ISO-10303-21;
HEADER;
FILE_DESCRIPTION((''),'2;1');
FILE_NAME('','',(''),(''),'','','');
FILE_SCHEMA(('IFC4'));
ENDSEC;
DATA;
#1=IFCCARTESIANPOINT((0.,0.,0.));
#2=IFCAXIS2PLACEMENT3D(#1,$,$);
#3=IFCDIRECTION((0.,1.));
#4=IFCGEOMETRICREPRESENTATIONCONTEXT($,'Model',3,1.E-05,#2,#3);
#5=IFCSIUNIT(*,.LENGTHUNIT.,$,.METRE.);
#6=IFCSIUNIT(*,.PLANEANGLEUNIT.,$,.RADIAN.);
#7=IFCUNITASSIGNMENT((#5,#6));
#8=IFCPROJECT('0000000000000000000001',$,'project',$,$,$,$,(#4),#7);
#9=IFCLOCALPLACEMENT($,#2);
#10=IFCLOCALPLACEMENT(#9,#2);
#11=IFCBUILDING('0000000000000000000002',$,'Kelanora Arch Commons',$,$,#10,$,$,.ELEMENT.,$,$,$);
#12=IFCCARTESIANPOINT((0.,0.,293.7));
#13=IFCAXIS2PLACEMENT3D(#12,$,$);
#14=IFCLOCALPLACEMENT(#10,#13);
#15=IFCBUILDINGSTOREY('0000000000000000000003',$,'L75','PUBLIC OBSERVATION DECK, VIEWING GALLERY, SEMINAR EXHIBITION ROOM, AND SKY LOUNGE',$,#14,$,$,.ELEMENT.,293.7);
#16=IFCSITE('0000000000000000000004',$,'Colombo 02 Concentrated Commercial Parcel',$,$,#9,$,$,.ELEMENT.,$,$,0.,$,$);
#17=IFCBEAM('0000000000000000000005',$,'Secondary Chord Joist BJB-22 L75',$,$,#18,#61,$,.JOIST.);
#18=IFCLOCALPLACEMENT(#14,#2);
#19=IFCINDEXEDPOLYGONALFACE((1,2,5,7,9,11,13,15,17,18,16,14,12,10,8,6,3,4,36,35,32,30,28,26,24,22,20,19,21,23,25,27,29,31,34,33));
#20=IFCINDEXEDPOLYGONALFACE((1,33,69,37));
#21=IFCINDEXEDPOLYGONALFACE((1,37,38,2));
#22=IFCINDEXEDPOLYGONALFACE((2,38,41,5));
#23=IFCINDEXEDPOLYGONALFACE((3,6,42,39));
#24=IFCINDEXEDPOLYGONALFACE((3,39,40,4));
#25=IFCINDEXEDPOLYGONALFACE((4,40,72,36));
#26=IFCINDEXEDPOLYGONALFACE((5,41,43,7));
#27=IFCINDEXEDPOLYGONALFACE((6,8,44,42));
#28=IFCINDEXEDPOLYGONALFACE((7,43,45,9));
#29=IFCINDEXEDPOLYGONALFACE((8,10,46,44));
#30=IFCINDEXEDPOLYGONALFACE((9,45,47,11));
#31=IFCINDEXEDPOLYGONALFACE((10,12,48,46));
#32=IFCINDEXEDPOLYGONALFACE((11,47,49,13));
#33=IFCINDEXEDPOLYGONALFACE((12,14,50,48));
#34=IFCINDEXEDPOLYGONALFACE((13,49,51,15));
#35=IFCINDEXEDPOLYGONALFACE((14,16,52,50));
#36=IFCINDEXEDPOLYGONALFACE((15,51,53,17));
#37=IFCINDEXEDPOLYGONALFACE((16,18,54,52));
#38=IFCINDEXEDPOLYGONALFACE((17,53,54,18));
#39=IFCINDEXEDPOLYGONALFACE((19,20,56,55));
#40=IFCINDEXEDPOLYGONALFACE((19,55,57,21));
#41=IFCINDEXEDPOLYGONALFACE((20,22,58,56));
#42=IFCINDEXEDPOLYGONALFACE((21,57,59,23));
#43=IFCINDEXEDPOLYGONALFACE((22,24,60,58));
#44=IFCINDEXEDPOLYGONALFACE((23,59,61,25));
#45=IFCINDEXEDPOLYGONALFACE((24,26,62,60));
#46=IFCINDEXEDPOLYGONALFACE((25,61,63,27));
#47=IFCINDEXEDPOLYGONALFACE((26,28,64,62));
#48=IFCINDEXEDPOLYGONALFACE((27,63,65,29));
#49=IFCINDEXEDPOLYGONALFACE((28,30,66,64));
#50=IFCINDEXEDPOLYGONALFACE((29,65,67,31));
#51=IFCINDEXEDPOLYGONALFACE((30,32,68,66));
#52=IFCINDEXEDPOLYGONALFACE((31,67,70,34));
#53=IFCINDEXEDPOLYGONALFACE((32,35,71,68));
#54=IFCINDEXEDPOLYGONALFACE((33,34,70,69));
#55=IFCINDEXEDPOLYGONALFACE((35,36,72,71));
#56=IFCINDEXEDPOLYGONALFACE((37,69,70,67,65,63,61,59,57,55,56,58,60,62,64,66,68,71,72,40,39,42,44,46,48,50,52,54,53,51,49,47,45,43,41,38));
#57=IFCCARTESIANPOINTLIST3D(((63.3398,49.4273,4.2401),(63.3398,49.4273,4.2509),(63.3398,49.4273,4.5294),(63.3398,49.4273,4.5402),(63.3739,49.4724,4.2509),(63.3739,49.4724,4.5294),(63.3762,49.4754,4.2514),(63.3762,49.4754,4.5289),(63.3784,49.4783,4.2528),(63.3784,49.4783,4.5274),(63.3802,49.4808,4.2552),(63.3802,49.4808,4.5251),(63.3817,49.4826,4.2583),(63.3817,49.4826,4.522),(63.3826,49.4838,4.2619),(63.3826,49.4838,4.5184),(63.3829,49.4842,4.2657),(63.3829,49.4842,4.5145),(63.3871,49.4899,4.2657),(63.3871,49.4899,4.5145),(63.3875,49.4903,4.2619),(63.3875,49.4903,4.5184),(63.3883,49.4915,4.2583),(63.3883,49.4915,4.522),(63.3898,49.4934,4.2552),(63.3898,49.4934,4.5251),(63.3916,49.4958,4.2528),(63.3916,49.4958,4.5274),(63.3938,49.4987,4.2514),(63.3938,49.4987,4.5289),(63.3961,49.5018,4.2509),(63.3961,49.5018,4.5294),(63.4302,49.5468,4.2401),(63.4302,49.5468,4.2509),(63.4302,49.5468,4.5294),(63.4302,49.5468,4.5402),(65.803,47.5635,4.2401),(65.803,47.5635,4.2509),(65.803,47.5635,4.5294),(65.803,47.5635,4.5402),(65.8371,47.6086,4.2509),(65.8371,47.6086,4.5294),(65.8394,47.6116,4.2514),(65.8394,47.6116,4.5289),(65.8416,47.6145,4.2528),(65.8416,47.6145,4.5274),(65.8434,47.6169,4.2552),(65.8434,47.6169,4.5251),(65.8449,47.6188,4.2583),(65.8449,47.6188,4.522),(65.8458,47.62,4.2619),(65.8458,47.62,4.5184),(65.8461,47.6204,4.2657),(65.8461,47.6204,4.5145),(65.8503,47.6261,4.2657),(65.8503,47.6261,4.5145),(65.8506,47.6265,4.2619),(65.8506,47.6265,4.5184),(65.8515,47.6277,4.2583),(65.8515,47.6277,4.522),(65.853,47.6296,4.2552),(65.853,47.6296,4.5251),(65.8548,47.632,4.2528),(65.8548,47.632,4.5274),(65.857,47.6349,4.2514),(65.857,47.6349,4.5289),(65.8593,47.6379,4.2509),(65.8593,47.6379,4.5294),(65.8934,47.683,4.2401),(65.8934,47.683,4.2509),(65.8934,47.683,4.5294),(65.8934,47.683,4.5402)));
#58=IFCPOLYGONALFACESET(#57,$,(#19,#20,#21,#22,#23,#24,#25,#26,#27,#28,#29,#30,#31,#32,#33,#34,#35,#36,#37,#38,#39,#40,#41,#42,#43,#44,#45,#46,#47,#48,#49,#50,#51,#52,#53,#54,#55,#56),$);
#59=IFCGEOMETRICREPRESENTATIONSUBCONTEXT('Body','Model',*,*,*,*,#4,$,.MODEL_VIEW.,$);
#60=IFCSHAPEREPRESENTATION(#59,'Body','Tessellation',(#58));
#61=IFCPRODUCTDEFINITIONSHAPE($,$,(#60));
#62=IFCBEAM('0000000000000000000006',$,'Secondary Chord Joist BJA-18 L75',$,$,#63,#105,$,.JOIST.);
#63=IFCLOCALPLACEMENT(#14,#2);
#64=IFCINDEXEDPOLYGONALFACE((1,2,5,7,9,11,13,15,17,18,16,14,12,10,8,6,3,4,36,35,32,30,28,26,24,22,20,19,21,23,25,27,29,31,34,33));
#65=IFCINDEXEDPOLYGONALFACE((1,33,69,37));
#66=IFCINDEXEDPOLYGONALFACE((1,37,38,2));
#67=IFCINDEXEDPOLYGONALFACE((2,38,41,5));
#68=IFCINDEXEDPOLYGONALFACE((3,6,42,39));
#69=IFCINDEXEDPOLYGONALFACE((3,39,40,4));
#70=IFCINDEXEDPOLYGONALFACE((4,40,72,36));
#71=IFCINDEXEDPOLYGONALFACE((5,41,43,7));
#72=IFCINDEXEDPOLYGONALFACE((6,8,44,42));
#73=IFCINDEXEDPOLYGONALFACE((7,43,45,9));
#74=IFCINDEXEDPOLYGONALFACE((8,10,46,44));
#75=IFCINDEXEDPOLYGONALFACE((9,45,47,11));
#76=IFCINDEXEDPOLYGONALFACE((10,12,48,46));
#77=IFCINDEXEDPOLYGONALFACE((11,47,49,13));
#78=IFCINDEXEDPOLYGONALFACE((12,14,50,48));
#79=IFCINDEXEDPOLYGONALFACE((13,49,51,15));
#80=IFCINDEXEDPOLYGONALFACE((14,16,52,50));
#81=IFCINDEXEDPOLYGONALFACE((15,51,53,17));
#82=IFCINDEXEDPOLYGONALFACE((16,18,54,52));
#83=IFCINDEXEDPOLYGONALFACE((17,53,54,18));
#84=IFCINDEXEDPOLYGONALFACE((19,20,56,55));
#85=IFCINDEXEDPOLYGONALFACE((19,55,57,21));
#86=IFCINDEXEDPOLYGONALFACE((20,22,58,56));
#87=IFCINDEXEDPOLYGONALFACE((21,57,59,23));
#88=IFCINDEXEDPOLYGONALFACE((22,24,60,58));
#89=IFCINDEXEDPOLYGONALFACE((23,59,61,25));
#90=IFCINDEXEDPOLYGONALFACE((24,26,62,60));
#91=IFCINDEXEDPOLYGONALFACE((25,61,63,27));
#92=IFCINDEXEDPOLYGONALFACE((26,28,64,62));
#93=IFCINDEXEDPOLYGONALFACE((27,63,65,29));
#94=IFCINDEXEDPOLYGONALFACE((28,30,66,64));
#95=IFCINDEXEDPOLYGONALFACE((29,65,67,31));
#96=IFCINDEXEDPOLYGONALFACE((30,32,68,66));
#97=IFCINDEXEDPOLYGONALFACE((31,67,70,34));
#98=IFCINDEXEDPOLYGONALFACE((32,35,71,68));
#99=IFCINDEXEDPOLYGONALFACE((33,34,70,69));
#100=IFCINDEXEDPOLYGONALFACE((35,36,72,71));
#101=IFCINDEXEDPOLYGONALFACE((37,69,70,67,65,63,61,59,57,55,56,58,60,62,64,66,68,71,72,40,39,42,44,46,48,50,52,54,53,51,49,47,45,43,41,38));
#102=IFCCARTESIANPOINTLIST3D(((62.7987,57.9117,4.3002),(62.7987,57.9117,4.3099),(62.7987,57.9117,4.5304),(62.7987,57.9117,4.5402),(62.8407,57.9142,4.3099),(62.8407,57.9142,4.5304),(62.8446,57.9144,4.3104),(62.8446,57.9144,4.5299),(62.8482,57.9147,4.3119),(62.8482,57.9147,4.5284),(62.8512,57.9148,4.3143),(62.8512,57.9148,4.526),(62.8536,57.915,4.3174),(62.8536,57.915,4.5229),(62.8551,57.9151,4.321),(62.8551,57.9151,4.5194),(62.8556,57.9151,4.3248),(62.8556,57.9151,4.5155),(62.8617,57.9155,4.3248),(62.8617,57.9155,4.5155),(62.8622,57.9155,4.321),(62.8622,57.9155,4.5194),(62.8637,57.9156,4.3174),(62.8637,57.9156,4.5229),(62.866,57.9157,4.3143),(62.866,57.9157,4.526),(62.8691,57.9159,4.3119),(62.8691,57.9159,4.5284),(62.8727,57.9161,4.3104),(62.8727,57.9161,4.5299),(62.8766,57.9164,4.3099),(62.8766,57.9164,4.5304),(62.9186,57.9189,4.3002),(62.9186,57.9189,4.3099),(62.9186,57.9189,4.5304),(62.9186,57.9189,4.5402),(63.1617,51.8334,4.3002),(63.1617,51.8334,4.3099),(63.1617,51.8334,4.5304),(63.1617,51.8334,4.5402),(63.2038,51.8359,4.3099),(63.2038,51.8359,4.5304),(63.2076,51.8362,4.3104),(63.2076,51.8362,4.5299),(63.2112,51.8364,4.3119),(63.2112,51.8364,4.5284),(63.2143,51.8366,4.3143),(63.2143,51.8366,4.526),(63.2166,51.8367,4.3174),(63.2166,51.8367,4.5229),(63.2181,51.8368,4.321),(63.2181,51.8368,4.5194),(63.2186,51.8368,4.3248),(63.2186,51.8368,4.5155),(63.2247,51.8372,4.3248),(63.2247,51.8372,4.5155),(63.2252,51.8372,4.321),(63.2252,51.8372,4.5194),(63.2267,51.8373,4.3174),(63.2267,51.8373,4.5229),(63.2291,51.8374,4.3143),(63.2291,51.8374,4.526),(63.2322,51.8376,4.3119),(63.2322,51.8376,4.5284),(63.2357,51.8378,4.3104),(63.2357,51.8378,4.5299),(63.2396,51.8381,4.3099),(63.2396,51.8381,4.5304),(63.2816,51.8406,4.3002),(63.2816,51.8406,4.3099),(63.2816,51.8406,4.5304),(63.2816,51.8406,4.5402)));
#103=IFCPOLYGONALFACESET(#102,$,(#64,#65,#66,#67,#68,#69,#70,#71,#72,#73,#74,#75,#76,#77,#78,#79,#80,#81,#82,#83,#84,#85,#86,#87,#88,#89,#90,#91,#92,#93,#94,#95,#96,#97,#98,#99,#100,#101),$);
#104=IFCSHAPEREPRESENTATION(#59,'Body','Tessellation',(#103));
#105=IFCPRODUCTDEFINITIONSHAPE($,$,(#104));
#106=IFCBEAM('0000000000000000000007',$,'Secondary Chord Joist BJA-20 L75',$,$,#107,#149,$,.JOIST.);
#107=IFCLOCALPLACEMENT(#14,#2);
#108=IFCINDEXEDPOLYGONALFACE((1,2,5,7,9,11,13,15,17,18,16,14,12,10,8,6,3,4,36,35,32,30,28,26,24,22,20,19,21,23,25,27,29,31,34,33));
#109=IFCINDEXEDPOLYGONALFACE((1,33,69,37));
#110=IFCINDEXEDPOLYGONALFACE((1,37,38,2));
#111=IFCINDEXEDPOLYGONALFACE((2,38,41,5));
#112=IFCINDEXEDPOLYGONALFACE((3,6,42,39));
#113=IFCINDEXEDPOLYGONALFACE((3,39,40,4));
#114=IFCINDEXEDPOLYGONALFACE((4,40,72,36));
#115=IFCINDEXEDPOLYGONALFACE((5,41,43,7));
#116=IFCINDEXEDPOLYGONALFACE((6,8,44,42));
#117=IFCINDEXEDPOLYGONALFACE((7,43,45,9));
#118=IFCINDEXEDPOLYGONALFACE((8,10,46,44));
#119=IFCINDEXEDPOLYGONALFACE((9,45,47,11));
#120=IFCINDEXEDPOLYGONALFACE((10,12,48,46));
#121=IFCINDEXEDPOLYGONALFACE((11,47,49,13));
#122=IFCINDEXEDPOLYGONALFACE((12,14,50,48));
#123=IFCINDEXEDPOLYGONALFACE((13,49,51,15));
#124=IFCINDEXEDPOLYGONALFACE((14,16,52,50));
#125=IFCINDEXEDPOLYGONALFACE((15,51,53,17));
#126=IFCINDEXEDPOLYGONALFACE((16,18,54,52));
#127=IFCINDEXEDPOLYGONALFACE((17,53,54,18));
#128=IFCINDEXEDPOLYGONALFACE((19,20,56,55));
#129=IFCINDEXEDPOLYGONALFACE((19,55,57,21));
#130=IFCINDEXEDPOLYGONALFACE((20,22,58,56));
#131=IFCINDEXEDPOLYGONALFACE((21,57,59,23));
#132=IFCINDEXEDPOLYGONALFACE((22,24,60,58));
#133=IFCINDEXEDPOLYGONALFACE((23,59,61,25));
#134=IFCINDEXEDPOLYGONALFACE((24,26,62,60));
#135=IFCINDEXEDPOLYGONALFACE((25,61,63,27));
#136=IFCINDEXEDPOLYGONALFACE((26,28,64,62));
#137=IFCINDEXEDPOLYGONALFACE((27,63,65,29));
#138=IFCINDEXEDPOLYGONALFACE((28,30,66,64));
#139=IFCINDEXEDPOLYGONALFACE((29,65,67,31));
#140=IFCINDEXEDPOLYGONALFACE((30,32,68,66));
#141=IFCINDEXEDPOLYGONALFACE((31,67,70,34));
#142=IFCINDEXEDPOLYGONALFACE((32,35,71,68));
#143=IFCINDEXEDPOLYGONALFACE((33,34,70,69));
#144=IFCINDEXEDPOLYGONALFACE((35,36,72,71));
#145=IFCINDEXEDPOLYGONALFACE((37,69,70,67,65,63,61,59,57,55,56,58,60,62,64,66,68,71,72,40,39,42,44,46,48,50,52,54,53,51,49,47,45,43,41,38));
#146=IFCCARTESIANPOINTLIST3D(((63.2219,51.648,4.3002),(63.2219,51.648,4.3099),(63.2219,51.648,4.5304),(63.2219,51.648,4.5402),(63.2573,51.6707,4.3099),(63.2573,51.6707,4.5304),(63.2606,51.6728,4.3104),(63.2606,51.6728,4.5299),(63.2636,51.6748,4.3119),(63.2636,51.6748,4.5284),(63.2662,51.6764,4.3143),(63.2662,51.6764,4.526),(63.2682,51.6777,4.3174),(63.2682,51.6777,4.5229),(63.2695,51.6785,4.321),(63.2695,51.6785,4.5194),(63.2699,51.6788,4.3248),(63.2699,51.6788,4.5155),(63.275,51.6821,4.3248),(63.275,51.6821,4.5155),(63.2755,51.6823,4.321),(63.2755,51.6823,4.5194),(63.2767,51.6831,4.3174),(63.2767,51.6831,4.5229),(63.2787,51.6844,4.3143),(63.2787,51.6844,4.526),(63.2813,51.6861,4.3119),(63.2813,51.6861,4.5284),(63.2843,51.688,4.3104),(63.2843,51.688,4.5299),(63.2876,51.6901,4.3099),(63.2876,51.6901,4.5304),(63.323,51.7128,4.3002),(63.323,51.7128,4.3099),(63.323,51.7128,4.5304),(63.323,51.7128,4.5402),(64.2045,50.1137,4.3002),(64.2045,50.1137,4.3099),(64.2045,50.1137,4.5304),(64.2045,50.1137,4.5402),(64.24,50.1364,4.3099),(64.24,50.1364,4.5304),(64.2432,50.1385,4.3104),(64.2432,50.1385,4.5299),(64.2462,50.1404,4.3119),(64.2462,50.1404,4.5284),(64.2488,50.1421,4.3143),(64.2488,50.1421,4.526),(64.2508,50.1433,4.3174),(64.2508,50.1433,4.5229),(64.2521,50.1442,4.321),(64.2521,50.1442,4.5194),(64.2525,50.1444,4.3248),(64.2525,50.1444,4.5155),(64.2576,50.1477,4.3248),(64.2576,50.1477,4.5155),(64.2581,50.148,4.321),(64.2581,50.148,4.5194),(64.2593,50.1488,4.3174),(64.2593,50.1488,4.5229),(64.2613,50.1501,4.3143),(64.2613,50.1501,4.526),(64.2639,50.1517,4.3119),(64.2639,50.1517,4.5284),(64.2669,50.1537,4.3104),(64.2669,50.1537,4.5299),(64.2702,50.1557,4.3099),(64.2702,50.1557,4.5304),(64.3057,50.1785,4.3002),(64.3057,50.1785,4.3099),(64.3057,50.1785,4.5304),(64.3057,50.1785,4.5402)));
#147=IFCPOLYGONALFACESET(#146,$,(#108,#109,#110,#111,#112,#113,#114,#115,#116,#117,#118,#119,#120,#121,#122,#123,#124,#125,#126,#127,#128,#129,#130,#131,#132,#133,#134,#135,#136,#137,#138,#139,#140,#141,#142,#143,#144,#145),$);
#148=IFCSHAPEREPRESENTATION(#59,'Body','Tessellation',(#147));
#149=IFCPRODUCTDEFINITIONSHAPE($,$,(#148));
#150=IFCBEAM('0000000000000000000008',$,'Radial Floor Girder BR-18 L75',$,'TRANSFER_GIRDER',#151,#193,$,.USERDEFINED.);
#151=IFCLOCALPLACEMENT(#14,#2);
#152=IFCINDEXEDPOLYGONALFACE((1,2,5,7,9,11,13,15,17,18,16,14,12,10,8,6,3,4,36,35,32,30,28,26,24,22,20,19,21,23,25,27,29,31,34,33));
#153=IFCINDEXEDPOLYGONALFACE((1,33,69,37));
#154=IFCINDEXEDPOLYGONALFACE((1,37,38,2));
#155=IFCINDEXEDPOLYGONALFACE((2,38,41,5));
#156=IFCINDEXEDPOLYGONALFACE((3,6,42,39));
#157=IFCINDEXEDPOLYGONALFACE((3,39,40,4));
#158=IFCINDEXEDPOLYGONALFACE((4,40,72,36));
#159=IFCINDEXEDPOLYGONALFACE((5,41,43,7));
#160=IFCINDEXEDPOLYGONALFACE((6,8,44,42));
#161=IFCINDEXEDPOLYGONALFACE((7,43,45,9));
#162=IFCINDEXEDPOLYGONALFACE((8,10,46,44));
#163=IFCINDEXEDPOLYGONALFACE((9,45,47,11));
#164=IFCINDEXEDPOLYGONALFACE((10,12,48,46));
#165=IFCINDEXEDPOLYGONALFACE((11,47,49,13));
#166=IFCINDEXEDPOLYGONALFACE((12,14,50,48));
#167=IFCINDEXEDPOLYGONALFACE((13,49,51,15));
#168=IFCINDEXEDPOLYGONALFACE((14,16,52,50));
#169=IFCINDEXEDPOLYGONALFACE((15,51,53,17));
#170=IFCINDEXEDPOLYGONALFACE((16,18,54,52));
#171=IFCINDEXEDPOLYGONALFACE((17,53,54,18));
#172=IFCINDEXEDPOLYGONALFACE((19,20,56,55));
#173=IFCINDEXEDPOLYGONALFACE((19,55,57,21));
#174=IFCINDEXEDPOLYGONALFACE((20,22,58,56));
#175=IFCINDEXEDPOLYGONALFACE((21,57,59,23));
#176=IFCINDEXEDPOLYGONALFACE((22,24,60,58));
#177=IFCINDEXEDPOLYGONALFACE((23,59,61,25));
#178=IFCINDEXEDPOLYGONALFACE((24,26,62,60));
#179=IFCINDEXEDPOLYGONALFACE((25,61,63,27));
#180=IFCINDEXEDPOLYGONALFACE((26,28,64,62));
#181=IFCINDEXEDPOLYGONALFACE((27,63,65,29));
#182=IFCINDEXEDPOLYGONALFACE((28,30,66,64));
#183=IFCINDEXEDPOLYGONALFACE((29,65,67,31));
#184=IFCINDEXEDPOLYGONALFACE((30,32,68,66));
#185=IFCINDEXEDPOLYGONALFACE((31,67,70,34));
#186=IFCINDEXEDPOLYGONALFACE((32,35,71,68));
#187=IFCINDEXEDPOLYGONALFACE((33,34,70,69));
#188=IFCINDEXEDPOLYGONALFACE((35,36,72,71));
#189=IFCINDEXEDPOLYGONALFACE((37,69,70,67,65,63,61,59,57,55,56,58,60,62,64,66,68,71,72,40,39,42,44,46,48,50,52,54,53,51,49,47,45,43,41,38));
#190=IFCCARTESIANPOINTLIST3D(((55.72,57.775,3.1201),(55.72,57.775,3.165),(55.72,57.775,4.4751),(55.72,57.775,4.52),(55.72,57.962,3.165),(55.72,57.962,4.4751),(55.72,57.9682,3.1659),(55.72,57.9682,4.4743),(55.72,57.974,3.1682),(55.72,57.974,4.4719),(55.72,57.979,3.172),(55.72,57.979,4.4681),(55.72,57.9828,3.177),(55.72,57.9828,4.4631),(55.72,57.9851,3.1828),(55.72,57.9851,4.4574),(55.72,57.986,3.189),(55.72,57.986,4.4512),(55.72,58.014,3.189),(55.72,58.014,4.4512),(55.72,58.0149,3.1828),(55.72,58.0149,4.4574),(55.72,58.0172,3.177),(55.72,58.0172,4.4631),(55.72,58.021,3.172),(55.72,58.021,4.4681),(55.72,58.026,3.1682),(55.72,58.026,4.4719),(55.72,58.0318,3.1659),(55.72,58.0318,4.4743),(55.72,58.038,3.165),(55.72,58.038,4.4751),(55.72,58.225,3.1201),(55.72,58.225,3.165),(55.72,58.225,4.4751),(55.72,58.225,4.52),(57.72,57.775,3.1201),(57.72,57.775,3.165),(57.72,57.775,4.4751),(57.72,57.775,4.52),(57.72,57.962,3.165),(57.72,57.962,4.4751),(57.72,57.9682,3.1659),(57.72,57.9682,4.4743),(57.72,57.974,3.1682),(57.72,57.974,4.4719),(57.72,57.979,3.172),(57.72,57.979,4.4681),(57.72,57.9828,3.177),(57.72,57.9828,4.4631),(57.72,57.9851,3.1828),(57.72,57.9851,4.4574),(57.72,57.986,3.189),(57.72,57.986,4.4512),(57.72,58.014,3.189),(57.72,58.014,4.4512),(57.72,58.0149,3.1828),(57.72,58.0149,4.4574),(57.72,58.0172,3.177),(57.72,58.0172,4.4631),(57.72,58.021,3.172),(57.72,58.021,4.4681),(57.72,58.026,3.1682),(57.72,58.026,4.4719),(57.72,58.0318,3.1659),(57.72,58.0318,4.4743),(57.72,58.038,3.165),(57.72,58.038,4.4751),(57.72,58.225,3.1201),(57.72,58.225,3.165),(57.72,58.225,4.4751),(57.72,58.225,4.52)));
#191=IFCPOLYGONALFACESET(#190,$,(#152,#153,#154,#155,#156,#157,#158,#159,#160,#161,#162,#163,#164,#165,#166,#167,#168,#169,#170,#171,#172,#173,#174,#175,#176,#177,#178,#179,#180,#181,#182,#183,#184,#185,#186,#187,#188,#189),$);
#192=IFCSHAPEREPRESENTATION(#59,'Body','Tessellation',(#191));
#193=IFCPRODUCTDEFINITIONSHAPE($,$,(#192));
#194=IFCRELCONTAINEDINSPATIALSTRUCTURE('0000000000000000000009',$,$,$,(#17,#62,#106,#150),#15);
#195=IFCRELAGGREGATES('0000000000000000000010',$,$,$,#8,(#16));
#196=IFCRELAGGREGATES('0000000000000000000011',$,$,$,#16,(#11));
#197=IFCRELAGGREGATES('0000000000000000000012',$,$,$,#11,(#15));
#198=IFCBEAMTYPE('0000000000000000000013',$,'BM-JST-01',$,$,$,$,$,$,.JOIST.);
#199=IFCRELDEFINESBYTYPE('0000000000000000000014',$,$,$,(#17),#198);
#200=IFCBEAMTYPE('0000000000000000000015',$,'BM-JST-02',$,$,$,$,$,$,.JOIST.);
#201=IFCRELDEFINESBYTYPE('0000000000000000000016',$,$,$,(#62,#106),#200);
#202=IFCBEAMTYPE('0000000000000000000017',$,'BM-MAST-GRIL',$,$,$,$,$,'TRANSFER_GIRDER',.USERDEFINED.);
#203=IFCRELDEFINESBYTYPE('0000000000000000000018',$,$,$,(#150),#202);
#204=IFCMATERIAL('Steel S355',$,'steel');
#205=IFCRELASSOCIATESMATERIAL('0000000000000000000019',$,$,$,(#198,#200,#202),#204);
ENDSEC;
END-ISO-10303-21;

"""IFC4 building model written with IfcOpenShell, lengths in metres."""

from ifc_helpers import new_model, si_unit, direction, frame, origin, origin_2d, place, context, subcontext, project, spatial, i_section, extrude, material, material_profile, profile_set, type_object, element, save


model = new_model("IFC4")

# Units and contexts
model_context = context("Model", 3, precision=1e-05, world=origin(), true_north=direction((0.0, 1.0)))
body_context = subcontext(model_context, "Body", "Model", "MODEL_VIEW")
ifc_project = project(units=[si_unit("LENGTHUNIT", "METRE"), si_unit("PLANEANGLEUNIT", "RADIAN")], contexts=[model_context])

# Site, building, storey
site_placement = place(None, origin())
site = spatial("IfcSite", under=ifc_project, at=site_placement, Name="Colombo 02 Concentrated Commercial Parcel", CompositionType="ELEMENT", RefElevation=0.0)
building_placement = place(site_placement, origin())
building = spatial("IfcBuilding", under=site, at=building_placement, Name="Kelanora Arch Commons", CompositionType="ELEMENT")
storey_placement = place(building_placement, frame((0.0, 0.0, 293.7)))
storey = spatial("IfcBuildingStorey", under=building, at=storey_placement, Name="L75", Description="PUBLIC OBSERVATION DECK, VIEWING GALLERY, SEMINAR EXHIBITION ROOM, AND SKY LOUNGE", CompositionType="ELEMENT", Elevation=293.7)

# Beams
ifc_material_1 = material(Name="Steel S355", Category="steel")
ifc_material_profile_1 = material_profile(ifc_material_1, i_section(OverallWidth=0.1499, OverallDepth=0.3, WebThickness=0.0071, FlangeThickness=0.0107, FilletRadius=0.0149, at=origin_2d()), Name="IPE300")
ifc_profile_set_1 = profile_set([ifc_material_profile_1], Name="Steel S355")
beam_type_1 = type_object("IfcBeamType", Name="BM-JST-01", PredefinedType="JOIST", material=ifc_profile_set_1)
beam_1_placement = place(storey_placement, frame((63.385, 49.4871, 4.3901), z_axis=(0.797441, -0.603396, 0.0), x_axis=(0.603396, 0.797441, 0.0)))
element("IfcBeam", 1, at=beam_1_placement, inside=storey, type_object=beam_type_1, Name="Secondary Chord Joist BJB-22 L75", PredefinedType="JOIST", context=body_context, shape_type="SweptSolid", body=[
    extrude(i_section(OverallWidth=0.1499, OverallDepth=0.3, WebThickness=0.0071, FlangeThickness=0.0107, FilletRadius=0.0149, at=origin_2d()), origin(), (0.0, 0.0, 1.0), 3.0889),
])
ifc_material_profile_2 = material_profile(ifc_material_1, i_section(OverallWidth=0.1201, OverallDepth=0.24, WebThickness=0.0061, FlangeThickness=0.0098, FilletRadius=0.0149, at=origin_2d()), Name="IPE240")
ifc_profile_set_2 = profile_set([ifc_material_profile_2], Name="Steel S355")
beam_type_2 = type_object("IfcBeamType", Name="BM-JST-02", PredefinedType="JOIST", material=ifc_profile_set_2)
beam_2_placement = place(storey_placement, frame((62.8586, 57.9153, 4.4202), z_axis=(0.05962, -0.998221, 0.0), x_axis=(0.998221, 0.05962, 0.0)))
element("IfcBeam", 2, at=beam_2_placement, inside=storey, type_object=beam_type_2, Name="Secondary Chord Joist BJA-18 L75", PredefinedType="JOIST", context=body_context, shape_type="SweptSolid", body=[
    extrude(i_section(OverallWidth=0.1201, OverallDepth=0.24, WebThickness=0.0061, FlangeThickness=0.0098, FilletRadius=0.0149, at=origin_2d()), origin(), (0.0, 0.0, 1.0), 6.0891),
])
beam_3_placement = place(storey_placement, frame((63.2725, 51.6804, 4.4202), z_axis=(0.539301, -0.842113, 0.0), x_axis=(0.842113, 0.539301, 0.0)))
element("IfcBeam", 3, at=beam_3_placement, inside=storey, type_object=beam_type_2, Name="Secondary Chord Joist BJA-20 L75", PredefinedType="JOIST", context=body_context, shape_type="SweptSolid", body=[
    extrude(i_section(OverallWidth=0.1201, OverallDepth=0.24, WebThickness=0.0061, FlangeThickness=0.0098, FilletRadius=0.0149, at=origin_2d()), origin(), (0.0, 0.0, 1.0), 1.822),
])
ifc_material_profile_3 = material_profile(ifc_material_1, i_section(OverallWidth=0.45, OverallDepth=1.3999, WebThickness=0.0281, FlangeThickness=0.0449, FilletRadius=0.0239, at=origin_2d()), Name="PG1400x450")
ifc_profile_set_3 = profile_set([ifc_material_profile_3], Name="Steel S355")
beam_type_3 = type_object("IfcBeamType", Name="BM-MAST-GRIL", ElementType="TRANSFER_GIRDER", PredefinedType="USERDEFINED", material=ifc_profile_set_3)
beam_4_placement = place(storey_placement, frame((57.72, 58.0, 3.8201), z_axis=(-1.0, 0.0, 0.0), x_axis=(0.0, -1.0, 0.0)))
element("IfcBeam", 4, at=beam_4_placement, inside=storey, type_object=beam_type_3, Name="Radial Floor Girder BR-18 L75", ObjectType="TRANSFER_GIRDER", PredefinedType="USERDEFINED", context=body_context, shape_type="SweptSolid", body=[
    extrude(i_section(OverallWidth=0.45, OverallDepth=1.3999, WebThickness=0.0281, FlangeThickness=0.0449, FilletRadius=0.0239, at=origin_2d()), origin(), (0.0, 0.0, 1.0), 2.0),
])

save(model, "model.ifc")
